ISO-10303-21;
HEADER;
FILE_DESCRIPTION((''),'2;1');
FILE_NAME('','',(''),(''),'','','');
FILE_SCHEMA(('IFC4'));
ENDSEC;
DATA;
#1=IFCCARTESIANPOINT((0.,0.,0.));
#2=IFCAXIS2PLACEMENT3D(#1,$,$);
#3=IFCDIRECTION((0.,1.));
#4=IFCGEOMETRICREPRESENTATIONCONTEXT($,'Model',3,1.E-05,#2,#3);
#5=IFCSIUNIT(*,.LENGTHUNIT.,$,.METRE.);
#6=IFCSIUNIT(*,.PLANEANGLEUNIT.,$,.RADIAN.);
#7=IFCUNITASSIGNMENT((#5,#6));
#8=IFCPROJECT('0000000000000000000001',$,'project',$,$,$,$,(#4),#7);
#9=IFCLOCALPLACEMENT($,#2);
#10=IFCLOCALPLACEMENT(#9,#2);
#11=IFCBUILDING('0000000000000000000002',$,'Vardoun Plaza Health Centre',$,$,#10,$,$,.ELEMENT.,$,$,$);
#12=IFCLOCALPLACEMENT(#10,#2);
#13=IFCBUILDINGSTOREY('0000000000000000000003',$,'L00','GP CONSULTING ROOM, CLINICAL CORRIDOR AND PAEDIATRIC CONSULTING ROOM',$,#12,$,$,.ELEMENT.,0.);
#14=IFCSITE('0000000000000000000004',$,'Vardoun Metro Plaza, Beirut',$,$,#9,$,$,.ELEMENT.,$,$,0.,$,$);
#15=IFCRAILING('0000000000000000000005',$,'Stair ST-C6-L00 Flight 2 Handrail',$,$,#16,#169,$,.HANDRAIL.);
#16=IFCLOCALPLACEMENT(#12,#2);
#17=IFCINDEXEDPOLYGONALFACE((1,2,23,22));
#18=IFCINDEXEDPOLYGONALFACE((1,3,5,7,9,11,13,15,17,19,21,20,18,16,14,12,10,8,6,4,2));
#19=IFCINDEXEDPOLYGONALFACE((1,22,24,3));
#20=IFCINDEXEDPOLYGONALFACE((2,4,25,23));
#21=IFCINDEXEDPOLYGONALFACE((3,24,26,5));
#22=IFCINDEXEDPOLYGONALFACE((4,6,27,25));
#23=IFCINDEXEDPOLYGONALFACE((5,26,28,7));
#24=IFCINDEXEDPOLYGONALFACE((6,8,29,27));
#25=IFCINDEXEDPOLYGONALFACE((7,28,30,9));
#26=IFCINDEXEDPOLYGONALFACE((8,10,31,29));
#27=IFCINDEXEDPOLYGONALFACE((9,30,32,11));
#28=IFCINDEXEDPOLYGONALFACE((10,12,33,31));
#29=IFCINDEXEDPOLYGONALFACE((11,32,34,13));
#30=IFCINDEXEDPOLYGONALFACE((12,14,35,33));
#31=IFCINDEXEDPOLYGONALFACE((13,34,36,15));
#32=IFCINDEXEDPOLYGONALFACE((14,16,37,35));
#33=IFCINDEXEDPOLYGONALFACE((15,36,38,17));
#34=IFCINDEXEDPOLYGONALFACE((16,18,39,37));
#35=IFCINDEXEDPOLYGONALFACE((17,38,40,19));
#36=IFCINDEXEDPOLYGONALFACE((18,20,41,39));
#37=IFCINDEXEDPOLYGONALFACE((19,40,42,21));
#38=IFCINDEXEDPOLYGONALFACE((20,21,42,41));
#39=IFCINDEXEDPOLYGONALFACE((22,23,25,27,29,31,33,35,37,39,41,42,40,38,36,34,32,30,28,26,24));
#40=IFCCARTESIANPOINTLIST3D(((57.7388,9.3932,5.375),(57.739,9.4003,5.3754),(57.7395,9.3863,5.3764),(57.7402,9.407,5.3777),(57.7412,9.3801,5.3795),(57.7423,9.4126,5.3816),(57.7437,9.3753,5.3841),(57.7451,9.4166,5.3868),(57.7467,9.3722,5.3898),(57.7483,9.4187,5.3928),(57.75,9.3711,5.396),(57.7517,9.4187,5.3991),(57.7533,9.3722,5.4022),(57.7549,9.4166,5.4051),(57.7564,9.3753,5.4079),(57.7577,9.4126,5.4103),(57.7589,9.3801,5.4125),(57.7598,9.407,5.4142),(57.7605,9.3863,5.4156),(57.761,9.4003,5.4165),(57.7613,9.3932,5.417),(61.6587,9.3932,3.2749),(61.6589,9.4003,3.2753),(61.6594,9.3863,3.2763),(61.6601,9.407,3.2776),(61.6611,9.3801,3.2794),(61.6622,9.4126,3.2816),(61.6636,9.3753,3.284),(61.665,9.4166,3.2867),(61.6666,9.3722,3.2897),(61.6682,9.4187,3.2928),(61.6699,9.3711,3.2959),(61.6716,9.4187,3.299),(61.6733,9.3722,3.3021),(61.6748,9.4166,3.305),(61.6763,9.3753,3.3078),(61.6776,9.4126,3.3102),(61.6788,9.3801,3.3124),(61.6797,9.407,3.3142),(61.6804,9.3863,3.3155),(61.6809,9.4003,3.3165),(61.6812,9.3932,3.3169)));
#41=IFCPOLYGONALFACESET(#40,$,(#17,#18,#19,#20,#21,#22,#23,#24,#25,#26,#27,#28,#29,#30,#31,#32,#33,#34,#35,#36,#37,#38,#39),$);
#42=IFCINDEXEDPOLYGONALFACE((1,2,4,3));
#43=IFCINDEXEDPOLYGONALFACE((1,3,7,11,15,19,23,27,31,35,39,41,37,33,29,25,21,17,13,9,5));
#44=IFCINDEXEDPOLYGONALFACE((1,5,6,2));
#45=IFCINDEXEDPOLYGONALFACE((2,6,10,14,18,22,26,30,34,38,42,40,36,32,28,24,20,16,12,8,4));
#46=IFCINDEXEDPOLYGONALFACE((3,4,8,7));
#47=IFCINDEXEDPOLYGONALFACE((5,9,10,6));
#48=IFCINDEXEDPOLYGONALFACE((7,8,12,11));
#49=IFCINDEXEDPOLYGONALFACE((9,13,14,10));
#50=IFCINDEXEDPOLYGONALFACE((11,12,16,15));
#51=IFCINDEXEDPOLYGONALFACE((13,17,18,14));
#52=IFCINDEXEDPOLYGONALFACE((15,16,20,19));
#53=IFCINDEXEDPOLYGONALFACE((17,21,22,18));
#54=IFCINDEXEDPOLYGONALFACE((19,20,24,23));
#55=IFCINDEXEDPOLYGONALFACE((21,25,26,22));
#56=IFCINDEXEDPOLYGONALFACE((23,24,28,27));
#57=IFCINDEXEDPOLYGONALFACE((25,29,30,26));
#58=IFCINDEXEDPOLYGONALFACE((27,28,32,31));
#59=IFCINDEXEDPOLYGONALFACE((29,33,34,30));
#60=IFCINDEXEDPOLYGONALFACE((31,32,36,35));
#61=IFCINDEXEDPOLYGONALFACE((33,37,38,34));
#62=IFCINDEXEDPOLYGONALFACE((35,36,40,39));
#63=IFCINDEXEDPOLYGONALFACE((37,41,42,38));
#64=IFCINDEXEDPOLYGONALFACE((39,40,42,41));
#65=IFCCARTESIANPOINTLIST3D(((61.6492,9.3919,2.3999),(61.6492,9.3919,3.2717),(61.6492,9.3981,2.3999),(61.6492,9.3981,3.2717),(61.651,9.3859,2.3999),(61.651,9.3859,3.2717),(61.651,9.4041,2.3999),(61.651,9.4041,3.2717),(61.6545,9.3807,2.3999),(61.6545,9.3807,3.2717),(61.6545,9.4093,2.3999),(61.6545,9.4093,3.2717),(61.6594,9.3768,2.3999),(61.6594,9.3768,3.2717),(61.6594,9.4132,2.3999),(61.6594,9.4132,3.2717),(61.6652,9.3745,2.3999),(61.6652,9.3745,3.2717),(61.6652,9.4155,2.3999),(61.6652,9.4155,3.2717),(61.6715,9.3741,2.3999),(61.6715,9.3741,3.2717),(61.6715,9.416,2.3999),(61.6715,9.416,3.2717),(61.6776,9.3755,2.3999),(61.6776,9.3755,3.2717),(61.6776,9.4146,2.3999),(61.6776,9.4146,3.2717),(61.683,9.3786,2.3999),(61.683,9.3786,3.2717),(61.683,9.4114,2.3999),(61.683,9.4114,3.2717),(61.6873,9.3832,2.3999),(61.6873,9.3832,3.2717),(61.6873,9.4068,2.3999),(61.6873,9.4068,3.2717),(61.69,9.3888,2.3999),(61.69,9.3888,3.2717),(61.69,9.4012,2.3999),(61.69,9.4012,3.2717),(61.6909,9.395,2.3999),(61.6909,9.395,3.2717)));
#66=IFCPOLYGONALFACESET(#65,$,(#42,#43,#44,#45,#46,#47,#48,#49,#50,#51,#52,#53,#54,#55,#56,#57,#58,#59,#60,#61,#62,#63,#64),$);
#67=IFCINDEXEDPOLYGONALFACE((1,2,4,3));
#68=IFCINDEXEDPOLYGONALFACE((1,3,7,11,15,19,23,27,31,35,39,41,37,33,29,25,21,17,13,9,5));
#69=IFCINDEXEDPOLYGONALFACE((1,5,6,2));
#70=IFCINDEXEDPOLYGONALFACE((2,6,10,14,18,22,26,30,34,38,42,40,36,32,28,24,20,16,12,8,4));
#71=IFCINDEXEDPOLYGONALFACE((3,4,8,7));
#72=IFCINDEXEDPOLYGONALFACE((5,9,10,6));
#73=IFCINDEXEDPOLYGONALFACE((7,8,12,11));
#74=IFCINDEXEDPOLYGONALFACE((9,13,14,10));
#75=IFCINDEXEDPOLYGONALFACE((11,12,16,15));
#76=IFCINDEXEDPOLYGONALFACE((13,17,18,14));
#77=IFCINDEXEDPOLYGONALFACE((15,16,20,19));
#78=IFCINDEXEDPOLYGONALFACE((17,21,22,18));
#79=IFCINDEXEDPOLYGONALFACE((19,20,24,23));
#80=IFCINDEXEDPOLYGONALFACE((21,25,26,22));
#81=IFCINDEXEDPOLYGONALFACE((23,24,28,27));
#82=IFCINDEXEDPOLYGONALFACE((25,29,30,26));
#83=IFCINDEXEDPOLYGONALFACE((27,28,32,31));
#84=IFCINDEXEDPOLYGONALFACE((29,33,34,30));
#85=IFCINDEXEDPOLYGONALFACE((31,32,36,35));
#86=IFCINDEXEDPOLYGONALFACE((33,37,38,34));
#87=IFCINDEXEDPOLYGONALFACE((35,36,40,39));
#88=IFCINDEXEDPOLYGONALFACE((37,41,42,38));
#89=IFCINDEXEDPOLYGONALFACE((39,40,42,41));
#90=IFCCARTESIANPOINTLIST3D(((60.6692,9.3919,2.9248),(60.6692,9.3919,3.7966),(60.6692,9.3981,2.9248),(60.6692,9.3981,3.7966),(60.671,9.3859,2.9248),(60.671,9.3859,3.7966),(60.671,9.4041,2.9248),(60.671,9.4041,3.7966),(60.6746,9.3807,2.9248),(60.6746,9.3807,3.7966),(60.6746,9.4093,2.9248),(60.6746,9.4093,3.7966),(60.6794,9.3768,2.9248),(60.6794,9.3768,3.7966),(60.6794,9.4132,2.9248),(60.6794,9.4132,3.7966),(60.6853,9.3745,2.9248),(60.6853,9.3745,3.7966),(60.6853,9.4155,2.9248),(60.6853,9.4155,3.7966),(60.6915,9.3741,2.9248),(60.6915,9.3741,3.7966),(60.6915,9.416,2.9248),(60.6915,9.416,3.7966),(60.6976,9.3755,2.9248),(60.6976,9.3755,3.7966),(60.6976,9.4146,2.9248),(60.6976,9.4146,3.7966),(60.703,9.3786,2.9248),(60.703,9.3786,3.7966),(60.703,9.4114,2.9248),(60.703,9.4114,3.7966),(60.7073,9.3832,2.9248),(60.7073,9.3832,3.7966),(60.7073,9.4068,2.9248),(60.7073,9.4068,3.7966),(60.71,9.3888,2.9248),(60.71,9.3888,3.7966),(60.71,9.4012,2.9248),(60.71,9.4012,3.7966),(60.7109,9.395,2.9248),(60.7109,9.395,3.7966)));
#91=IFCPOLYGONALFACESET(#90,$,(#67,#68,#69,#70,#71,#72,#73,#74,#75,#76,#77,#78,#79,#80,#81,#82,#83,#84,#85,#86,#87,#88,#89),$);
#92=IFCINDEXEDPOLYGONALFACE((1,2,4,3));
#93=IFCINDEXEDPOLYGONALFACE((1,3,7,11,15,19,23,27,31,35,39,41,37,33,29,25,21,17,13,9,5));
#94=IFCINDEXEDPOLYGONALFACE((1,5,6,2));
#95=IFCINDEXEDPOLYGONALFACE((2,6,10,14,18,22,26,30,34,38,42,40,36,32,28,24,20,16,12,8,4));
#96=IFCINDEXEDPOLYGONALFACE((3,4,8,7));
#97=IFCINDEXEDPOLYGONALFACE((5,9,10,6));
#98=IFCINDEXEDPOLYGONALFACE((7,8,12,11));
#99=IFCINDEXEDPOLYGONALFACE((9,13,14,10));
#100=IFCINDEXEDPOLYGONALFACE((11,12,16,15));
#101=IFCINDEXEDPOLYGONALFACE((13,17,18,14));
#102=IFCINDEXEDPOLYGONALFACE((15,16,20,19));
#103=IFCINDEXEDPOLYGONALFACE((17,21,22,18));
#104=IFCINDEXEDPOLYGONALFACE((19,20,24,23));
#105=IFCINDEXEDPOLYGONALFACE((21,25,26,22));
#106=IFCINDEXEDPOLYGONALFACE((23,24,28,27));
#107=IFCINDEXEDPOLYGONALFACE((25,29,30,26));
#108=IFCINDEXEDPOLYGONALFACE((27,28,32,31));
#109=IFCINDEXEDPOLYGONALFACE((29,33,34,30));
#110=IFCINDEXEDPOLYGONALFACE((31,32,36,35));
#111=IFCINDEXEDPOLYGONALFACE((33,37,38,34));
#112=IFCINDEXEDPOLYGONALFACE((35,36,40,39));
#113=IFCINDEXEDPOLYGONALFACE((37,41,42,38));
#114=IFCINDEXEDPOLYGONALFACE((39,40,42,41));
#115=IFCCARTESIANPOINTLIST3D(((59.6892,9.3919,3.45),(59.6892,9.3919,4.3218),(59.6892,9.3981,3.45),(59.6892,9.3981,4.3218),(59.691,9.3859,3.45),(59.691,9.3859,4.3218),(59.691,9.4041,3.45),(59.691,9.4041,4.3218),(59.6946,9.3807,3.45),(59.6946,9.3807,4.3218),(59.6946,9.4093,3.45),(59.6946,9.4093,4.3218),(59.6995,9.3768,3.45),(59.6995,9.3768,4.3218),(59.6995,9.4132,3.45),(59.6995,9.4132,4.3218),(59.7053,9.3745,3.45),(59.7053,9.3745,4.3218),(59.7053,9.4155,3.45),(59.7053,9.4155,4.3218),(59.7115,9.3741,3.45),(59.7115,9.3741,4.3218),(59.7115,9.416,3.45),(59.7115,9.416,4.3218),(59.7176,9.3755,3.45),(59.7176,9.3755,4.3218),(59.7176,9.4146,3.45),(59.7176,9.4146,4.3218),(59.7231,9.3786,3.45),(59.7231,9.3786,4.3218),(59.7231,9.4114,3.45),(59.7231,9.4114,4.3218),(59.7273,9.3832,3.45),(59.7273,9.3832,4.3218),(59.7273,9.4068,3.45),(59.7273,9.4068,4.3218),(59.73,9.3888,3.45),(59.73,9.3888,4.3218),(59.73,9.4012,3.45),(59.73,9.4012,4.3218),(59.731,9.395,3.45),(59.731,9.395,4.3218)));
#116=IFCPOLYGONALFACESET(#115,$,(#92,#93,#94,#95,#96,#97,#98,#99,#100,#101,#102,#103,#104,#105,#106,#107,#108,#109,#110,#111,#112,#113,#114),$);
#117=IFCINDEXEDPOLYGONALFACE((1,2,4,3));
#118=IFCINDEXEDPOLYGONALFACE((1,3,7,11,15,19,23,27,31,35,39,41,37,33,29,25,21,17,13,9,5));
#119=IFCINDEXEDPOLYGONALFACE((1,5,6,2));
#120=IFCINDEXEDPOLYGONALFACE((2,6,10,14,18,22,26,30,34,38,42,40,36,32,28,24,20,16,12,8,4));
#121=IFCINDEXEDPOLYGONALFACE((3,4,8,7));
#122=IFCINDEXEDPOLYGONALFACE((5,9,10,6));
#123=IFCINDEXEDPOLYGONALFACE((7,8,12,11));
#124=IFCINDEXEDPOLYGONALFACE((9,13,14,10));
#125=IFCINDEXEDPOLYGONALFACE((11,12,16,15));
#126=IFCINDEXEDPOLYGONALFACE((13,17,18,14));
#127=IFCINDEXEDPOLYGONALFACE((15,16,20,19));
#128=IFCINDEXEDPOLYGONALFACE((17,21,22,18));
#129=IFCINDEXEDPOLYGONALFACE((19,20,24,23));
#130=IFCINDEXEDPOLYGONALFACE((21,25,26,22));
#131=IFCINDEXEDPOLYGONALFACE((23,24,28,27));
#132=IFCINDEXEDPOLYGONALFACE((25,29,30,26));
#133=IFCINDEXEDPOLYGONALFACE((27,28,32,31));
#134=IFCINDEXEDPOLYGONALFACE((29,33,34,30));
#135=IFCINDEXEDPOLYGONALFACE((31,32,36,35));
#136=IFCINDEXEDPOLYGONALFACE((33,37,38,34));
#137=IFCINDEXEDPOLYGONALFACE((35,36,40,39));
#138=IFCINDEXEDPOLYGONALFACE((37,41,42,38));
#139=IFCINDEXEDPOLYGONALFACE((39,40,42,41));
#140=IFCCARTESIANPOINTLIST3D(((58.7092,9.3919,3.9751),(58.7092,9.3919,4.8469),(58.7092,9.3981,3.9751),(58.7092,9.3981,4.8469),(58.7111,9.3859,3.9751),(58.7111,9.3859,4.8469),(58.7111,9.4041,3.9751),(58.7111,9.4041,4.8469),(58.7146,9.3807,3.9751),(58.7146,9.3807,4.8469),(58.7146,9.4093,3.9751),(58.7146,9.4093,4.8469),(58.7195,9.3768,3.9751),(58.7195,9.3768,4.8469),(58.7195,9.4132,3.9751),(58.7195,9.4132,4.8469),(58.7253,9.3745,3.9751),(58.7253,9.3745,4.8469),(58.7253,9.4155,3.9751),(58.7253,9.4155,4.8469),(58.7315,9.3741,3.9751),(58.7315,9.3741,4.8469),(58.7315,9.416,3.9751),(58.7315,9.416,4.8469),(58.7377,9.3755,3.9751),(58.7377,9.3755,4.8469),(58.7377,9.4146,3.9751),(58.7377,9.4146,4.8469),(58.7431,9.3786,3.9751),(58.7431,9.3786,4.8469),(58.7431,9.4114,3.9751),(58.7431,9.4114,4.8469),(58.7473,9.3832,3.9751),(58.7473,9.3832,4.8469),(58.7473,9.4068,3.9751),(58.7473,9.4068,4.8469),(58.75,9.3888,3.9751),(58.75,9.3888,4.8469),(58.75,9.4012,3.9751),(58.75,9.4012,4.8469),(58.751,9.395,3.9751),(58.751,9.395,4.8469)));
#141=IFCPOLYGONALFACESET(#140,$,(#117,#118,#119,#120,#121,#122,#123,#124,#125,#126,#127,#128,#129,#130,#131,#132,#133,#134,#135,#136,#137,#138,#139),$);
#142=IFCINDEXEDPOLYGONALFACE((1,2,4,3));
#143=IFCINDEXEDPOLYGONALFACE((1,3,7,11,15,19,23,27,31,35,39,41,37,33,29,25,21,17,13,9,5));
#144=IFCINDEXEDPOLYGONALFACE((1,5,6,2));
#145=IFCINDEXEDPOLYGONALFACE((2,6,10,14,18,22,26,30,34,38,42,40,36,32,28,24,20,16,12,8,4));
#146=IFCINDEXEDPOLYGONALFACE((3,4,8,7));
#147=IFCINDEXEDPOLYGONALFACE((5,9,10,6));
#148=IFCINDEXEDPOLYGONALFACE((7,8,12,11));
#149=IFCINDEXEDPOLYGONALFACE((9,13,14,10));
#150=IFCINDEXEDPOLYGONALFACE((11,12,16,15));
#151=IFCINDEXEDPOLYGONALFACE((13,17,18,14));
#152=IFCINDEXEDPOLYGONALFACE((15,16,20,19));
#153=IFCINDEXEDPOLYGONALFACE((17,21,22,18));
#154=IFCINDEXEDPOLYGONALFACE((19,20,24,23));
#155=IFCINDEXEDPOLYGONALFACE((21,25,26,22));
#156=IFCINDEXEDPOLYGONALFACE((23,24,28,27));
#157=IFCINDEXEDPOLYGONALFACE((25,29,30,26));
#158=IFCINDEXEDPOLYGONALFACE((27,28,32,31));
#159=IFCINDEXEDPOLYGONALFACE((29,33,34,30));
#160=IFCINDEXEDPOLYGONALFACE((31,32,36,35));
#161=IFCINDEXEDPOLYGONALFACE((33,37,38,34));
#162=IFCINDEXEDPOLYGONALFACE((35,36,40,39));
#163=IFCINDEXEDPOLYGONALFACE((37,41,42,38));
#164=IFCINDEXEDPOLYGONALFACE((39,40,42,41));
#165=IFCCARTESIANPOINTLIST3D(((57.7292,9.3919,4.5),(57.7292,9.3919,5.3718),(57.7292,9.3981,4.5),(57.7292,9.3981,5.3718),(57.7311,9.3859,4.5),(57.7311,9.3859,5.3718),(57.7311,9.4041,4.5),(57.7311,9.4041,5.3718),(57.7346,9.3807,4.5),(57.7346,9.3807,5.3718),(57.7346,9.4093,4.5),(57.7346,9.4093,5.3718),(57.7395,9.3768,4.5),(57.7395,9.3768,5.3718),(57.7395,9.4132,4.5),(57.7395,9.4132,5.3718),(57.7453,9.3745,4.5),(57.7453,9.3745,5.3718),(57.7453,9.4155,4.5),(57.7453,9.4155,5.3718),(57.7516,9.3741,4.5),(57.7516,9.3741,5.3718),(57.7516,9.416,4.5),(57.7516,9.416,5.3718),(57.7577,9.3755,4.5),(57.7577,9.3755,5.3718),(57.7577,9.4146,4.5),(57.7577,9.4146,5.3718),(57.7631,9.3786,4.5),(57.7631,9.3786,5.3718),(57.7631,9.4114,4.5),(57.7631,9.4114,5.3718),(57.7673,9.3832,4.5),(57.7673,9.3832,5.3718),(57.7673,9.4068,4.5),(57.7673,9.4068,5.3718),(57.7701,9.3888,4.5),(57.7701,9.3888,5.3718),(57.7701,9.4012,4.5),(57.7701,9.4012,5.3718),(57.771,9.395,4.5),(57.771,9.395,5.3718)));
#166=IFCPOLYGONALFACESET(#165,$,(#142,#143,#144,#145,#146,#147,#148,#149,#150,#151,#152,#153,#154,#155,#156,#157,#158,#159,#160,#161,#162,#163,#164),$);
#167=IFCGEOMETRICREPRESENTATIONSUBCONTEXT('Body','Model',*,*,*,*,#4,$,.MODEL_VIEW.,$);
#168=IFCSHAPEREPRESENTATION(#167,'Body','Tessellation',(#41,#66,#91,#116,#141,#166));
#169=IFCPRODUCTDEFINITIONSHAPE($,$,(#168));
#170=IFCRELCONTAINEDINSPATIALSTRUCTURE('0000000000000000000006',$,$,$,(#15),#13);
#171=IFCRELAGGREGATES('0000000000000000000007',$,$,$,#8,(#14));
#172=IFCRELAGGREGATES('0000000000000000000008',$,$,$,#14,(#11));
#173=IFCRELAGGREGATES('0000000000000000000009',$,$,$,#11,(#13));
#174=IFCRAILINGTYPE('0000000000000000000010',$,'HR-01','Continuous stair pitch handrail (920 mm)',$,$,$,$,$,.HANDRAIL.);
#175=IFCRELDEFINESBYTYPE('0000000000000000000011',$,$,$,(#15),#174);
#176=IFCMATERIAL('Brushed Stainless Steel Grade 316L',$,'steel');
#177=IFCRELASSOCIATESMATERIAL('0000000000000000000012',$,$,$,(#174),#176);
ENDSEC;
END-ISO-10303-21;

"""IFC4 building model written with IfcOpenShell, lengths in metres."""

from ifc_helpers import new_model, si_unit, direction, frame, origin, origin_2d, place, context, subcontext, project, spatial, circle, extrude, material, type_object, element, save


model = new_model("IFC4")

# Units and contexts
model_context = context("Model", 3, precision=1e-05, world=origin(), true_north=direction((0.0, 1.0)))
body_context = subcontext(model_context, "Body", "Model", "MODEL_VIEW")
ifc_project = project(units=[si_unit("LENGTHUNIT", "METRE"), si_unit("PLANEANGLEUNIT", "RADIAN")], contexts=[model_context])

# Site, building, storey
site_placement = place(None, origin())
site = spatial("IfcSite", under=ifc_project, at=site_placement, Name="Vardoun Metro Plaza, Beirut", CompositionType="ELEMENT", RefElevation=0.0)
building_placement = place(site_placement, origin())
building = spatial("IfcBuilding", under=site, at=building_placement, Name="Vardoun Plaza Health Centre", CompositionType="ELEMENT")
storey_placement = place(building_placement, origin())
storey = spatial("IfcBuildingStorey", under=building, at=storey_placement, Name="L00", Description="GP CONSULTING ROOM, CLINICAL CORRIDOR AND PAEDIATRIC CONSULTING ROOM", CompositionType="ELEMENT", Elevation=0.0)

# Railing
ifc_material_1 = material(Name="Brushed Stainless Steel Grade 316L", Category="steel")
railing_type = type_object("IfcRailingType", Name="HR-01", Description="Continuous stair pitch handrail (920 mm)", PredefinedType="HANDRAIL", material=ifc_material_1)
railing_placement = place(storey_placement, frame((61.6699, 9.395, 2.3999)))
element("IfcRailing", 1, at=railing_placement, inside=storey, type_object=railing_type, Name="Stair ST-C6-L00 Flight 2 Handrail", PredefinedType="HANDRAIL", context=body_context, shape_type="SweptSolid", body=[
    extrude(circle(Radius=0.0239, at=origin_2d()), frame((0.0, 0.0, 0.896), z_axis=(-0.881467, 0.0, 0.472246), x_axis=(0.0, -1.0, 0.0)), (0.0, 0.0, 1.0), 4.447),
    extrude(circle(Radius=0.021, at=origin_2d()), origin(), (0.0, 0.0, 1.0), 0.8718),
    extrude(circle(Radius=0.021, at=origin_2d()), frame((-0.98, 0.0, 0.5249)), (0.0, 0.0, 1.0), 0.8718),
    extrude(circle(Radius=0.021, at=origin_2d()), frame((-1.96, 0.0, 1.05)), (0.0, 0.0, 1.0), 0.8718),
    extrude(circle(Radius=0.021, at=origin_2d()), frame((-2.9399, 0.0, 1.5752)), (0.0, 0.0, 1.0), 0.8718),
    extrude(circle(Radius=0.021, at=origin_2d()), frame((-3.9199, 0.0, 2.1001)), (0.0, 0.0, 1.0), 0.8718),
])

save(model, "model.ifc")
